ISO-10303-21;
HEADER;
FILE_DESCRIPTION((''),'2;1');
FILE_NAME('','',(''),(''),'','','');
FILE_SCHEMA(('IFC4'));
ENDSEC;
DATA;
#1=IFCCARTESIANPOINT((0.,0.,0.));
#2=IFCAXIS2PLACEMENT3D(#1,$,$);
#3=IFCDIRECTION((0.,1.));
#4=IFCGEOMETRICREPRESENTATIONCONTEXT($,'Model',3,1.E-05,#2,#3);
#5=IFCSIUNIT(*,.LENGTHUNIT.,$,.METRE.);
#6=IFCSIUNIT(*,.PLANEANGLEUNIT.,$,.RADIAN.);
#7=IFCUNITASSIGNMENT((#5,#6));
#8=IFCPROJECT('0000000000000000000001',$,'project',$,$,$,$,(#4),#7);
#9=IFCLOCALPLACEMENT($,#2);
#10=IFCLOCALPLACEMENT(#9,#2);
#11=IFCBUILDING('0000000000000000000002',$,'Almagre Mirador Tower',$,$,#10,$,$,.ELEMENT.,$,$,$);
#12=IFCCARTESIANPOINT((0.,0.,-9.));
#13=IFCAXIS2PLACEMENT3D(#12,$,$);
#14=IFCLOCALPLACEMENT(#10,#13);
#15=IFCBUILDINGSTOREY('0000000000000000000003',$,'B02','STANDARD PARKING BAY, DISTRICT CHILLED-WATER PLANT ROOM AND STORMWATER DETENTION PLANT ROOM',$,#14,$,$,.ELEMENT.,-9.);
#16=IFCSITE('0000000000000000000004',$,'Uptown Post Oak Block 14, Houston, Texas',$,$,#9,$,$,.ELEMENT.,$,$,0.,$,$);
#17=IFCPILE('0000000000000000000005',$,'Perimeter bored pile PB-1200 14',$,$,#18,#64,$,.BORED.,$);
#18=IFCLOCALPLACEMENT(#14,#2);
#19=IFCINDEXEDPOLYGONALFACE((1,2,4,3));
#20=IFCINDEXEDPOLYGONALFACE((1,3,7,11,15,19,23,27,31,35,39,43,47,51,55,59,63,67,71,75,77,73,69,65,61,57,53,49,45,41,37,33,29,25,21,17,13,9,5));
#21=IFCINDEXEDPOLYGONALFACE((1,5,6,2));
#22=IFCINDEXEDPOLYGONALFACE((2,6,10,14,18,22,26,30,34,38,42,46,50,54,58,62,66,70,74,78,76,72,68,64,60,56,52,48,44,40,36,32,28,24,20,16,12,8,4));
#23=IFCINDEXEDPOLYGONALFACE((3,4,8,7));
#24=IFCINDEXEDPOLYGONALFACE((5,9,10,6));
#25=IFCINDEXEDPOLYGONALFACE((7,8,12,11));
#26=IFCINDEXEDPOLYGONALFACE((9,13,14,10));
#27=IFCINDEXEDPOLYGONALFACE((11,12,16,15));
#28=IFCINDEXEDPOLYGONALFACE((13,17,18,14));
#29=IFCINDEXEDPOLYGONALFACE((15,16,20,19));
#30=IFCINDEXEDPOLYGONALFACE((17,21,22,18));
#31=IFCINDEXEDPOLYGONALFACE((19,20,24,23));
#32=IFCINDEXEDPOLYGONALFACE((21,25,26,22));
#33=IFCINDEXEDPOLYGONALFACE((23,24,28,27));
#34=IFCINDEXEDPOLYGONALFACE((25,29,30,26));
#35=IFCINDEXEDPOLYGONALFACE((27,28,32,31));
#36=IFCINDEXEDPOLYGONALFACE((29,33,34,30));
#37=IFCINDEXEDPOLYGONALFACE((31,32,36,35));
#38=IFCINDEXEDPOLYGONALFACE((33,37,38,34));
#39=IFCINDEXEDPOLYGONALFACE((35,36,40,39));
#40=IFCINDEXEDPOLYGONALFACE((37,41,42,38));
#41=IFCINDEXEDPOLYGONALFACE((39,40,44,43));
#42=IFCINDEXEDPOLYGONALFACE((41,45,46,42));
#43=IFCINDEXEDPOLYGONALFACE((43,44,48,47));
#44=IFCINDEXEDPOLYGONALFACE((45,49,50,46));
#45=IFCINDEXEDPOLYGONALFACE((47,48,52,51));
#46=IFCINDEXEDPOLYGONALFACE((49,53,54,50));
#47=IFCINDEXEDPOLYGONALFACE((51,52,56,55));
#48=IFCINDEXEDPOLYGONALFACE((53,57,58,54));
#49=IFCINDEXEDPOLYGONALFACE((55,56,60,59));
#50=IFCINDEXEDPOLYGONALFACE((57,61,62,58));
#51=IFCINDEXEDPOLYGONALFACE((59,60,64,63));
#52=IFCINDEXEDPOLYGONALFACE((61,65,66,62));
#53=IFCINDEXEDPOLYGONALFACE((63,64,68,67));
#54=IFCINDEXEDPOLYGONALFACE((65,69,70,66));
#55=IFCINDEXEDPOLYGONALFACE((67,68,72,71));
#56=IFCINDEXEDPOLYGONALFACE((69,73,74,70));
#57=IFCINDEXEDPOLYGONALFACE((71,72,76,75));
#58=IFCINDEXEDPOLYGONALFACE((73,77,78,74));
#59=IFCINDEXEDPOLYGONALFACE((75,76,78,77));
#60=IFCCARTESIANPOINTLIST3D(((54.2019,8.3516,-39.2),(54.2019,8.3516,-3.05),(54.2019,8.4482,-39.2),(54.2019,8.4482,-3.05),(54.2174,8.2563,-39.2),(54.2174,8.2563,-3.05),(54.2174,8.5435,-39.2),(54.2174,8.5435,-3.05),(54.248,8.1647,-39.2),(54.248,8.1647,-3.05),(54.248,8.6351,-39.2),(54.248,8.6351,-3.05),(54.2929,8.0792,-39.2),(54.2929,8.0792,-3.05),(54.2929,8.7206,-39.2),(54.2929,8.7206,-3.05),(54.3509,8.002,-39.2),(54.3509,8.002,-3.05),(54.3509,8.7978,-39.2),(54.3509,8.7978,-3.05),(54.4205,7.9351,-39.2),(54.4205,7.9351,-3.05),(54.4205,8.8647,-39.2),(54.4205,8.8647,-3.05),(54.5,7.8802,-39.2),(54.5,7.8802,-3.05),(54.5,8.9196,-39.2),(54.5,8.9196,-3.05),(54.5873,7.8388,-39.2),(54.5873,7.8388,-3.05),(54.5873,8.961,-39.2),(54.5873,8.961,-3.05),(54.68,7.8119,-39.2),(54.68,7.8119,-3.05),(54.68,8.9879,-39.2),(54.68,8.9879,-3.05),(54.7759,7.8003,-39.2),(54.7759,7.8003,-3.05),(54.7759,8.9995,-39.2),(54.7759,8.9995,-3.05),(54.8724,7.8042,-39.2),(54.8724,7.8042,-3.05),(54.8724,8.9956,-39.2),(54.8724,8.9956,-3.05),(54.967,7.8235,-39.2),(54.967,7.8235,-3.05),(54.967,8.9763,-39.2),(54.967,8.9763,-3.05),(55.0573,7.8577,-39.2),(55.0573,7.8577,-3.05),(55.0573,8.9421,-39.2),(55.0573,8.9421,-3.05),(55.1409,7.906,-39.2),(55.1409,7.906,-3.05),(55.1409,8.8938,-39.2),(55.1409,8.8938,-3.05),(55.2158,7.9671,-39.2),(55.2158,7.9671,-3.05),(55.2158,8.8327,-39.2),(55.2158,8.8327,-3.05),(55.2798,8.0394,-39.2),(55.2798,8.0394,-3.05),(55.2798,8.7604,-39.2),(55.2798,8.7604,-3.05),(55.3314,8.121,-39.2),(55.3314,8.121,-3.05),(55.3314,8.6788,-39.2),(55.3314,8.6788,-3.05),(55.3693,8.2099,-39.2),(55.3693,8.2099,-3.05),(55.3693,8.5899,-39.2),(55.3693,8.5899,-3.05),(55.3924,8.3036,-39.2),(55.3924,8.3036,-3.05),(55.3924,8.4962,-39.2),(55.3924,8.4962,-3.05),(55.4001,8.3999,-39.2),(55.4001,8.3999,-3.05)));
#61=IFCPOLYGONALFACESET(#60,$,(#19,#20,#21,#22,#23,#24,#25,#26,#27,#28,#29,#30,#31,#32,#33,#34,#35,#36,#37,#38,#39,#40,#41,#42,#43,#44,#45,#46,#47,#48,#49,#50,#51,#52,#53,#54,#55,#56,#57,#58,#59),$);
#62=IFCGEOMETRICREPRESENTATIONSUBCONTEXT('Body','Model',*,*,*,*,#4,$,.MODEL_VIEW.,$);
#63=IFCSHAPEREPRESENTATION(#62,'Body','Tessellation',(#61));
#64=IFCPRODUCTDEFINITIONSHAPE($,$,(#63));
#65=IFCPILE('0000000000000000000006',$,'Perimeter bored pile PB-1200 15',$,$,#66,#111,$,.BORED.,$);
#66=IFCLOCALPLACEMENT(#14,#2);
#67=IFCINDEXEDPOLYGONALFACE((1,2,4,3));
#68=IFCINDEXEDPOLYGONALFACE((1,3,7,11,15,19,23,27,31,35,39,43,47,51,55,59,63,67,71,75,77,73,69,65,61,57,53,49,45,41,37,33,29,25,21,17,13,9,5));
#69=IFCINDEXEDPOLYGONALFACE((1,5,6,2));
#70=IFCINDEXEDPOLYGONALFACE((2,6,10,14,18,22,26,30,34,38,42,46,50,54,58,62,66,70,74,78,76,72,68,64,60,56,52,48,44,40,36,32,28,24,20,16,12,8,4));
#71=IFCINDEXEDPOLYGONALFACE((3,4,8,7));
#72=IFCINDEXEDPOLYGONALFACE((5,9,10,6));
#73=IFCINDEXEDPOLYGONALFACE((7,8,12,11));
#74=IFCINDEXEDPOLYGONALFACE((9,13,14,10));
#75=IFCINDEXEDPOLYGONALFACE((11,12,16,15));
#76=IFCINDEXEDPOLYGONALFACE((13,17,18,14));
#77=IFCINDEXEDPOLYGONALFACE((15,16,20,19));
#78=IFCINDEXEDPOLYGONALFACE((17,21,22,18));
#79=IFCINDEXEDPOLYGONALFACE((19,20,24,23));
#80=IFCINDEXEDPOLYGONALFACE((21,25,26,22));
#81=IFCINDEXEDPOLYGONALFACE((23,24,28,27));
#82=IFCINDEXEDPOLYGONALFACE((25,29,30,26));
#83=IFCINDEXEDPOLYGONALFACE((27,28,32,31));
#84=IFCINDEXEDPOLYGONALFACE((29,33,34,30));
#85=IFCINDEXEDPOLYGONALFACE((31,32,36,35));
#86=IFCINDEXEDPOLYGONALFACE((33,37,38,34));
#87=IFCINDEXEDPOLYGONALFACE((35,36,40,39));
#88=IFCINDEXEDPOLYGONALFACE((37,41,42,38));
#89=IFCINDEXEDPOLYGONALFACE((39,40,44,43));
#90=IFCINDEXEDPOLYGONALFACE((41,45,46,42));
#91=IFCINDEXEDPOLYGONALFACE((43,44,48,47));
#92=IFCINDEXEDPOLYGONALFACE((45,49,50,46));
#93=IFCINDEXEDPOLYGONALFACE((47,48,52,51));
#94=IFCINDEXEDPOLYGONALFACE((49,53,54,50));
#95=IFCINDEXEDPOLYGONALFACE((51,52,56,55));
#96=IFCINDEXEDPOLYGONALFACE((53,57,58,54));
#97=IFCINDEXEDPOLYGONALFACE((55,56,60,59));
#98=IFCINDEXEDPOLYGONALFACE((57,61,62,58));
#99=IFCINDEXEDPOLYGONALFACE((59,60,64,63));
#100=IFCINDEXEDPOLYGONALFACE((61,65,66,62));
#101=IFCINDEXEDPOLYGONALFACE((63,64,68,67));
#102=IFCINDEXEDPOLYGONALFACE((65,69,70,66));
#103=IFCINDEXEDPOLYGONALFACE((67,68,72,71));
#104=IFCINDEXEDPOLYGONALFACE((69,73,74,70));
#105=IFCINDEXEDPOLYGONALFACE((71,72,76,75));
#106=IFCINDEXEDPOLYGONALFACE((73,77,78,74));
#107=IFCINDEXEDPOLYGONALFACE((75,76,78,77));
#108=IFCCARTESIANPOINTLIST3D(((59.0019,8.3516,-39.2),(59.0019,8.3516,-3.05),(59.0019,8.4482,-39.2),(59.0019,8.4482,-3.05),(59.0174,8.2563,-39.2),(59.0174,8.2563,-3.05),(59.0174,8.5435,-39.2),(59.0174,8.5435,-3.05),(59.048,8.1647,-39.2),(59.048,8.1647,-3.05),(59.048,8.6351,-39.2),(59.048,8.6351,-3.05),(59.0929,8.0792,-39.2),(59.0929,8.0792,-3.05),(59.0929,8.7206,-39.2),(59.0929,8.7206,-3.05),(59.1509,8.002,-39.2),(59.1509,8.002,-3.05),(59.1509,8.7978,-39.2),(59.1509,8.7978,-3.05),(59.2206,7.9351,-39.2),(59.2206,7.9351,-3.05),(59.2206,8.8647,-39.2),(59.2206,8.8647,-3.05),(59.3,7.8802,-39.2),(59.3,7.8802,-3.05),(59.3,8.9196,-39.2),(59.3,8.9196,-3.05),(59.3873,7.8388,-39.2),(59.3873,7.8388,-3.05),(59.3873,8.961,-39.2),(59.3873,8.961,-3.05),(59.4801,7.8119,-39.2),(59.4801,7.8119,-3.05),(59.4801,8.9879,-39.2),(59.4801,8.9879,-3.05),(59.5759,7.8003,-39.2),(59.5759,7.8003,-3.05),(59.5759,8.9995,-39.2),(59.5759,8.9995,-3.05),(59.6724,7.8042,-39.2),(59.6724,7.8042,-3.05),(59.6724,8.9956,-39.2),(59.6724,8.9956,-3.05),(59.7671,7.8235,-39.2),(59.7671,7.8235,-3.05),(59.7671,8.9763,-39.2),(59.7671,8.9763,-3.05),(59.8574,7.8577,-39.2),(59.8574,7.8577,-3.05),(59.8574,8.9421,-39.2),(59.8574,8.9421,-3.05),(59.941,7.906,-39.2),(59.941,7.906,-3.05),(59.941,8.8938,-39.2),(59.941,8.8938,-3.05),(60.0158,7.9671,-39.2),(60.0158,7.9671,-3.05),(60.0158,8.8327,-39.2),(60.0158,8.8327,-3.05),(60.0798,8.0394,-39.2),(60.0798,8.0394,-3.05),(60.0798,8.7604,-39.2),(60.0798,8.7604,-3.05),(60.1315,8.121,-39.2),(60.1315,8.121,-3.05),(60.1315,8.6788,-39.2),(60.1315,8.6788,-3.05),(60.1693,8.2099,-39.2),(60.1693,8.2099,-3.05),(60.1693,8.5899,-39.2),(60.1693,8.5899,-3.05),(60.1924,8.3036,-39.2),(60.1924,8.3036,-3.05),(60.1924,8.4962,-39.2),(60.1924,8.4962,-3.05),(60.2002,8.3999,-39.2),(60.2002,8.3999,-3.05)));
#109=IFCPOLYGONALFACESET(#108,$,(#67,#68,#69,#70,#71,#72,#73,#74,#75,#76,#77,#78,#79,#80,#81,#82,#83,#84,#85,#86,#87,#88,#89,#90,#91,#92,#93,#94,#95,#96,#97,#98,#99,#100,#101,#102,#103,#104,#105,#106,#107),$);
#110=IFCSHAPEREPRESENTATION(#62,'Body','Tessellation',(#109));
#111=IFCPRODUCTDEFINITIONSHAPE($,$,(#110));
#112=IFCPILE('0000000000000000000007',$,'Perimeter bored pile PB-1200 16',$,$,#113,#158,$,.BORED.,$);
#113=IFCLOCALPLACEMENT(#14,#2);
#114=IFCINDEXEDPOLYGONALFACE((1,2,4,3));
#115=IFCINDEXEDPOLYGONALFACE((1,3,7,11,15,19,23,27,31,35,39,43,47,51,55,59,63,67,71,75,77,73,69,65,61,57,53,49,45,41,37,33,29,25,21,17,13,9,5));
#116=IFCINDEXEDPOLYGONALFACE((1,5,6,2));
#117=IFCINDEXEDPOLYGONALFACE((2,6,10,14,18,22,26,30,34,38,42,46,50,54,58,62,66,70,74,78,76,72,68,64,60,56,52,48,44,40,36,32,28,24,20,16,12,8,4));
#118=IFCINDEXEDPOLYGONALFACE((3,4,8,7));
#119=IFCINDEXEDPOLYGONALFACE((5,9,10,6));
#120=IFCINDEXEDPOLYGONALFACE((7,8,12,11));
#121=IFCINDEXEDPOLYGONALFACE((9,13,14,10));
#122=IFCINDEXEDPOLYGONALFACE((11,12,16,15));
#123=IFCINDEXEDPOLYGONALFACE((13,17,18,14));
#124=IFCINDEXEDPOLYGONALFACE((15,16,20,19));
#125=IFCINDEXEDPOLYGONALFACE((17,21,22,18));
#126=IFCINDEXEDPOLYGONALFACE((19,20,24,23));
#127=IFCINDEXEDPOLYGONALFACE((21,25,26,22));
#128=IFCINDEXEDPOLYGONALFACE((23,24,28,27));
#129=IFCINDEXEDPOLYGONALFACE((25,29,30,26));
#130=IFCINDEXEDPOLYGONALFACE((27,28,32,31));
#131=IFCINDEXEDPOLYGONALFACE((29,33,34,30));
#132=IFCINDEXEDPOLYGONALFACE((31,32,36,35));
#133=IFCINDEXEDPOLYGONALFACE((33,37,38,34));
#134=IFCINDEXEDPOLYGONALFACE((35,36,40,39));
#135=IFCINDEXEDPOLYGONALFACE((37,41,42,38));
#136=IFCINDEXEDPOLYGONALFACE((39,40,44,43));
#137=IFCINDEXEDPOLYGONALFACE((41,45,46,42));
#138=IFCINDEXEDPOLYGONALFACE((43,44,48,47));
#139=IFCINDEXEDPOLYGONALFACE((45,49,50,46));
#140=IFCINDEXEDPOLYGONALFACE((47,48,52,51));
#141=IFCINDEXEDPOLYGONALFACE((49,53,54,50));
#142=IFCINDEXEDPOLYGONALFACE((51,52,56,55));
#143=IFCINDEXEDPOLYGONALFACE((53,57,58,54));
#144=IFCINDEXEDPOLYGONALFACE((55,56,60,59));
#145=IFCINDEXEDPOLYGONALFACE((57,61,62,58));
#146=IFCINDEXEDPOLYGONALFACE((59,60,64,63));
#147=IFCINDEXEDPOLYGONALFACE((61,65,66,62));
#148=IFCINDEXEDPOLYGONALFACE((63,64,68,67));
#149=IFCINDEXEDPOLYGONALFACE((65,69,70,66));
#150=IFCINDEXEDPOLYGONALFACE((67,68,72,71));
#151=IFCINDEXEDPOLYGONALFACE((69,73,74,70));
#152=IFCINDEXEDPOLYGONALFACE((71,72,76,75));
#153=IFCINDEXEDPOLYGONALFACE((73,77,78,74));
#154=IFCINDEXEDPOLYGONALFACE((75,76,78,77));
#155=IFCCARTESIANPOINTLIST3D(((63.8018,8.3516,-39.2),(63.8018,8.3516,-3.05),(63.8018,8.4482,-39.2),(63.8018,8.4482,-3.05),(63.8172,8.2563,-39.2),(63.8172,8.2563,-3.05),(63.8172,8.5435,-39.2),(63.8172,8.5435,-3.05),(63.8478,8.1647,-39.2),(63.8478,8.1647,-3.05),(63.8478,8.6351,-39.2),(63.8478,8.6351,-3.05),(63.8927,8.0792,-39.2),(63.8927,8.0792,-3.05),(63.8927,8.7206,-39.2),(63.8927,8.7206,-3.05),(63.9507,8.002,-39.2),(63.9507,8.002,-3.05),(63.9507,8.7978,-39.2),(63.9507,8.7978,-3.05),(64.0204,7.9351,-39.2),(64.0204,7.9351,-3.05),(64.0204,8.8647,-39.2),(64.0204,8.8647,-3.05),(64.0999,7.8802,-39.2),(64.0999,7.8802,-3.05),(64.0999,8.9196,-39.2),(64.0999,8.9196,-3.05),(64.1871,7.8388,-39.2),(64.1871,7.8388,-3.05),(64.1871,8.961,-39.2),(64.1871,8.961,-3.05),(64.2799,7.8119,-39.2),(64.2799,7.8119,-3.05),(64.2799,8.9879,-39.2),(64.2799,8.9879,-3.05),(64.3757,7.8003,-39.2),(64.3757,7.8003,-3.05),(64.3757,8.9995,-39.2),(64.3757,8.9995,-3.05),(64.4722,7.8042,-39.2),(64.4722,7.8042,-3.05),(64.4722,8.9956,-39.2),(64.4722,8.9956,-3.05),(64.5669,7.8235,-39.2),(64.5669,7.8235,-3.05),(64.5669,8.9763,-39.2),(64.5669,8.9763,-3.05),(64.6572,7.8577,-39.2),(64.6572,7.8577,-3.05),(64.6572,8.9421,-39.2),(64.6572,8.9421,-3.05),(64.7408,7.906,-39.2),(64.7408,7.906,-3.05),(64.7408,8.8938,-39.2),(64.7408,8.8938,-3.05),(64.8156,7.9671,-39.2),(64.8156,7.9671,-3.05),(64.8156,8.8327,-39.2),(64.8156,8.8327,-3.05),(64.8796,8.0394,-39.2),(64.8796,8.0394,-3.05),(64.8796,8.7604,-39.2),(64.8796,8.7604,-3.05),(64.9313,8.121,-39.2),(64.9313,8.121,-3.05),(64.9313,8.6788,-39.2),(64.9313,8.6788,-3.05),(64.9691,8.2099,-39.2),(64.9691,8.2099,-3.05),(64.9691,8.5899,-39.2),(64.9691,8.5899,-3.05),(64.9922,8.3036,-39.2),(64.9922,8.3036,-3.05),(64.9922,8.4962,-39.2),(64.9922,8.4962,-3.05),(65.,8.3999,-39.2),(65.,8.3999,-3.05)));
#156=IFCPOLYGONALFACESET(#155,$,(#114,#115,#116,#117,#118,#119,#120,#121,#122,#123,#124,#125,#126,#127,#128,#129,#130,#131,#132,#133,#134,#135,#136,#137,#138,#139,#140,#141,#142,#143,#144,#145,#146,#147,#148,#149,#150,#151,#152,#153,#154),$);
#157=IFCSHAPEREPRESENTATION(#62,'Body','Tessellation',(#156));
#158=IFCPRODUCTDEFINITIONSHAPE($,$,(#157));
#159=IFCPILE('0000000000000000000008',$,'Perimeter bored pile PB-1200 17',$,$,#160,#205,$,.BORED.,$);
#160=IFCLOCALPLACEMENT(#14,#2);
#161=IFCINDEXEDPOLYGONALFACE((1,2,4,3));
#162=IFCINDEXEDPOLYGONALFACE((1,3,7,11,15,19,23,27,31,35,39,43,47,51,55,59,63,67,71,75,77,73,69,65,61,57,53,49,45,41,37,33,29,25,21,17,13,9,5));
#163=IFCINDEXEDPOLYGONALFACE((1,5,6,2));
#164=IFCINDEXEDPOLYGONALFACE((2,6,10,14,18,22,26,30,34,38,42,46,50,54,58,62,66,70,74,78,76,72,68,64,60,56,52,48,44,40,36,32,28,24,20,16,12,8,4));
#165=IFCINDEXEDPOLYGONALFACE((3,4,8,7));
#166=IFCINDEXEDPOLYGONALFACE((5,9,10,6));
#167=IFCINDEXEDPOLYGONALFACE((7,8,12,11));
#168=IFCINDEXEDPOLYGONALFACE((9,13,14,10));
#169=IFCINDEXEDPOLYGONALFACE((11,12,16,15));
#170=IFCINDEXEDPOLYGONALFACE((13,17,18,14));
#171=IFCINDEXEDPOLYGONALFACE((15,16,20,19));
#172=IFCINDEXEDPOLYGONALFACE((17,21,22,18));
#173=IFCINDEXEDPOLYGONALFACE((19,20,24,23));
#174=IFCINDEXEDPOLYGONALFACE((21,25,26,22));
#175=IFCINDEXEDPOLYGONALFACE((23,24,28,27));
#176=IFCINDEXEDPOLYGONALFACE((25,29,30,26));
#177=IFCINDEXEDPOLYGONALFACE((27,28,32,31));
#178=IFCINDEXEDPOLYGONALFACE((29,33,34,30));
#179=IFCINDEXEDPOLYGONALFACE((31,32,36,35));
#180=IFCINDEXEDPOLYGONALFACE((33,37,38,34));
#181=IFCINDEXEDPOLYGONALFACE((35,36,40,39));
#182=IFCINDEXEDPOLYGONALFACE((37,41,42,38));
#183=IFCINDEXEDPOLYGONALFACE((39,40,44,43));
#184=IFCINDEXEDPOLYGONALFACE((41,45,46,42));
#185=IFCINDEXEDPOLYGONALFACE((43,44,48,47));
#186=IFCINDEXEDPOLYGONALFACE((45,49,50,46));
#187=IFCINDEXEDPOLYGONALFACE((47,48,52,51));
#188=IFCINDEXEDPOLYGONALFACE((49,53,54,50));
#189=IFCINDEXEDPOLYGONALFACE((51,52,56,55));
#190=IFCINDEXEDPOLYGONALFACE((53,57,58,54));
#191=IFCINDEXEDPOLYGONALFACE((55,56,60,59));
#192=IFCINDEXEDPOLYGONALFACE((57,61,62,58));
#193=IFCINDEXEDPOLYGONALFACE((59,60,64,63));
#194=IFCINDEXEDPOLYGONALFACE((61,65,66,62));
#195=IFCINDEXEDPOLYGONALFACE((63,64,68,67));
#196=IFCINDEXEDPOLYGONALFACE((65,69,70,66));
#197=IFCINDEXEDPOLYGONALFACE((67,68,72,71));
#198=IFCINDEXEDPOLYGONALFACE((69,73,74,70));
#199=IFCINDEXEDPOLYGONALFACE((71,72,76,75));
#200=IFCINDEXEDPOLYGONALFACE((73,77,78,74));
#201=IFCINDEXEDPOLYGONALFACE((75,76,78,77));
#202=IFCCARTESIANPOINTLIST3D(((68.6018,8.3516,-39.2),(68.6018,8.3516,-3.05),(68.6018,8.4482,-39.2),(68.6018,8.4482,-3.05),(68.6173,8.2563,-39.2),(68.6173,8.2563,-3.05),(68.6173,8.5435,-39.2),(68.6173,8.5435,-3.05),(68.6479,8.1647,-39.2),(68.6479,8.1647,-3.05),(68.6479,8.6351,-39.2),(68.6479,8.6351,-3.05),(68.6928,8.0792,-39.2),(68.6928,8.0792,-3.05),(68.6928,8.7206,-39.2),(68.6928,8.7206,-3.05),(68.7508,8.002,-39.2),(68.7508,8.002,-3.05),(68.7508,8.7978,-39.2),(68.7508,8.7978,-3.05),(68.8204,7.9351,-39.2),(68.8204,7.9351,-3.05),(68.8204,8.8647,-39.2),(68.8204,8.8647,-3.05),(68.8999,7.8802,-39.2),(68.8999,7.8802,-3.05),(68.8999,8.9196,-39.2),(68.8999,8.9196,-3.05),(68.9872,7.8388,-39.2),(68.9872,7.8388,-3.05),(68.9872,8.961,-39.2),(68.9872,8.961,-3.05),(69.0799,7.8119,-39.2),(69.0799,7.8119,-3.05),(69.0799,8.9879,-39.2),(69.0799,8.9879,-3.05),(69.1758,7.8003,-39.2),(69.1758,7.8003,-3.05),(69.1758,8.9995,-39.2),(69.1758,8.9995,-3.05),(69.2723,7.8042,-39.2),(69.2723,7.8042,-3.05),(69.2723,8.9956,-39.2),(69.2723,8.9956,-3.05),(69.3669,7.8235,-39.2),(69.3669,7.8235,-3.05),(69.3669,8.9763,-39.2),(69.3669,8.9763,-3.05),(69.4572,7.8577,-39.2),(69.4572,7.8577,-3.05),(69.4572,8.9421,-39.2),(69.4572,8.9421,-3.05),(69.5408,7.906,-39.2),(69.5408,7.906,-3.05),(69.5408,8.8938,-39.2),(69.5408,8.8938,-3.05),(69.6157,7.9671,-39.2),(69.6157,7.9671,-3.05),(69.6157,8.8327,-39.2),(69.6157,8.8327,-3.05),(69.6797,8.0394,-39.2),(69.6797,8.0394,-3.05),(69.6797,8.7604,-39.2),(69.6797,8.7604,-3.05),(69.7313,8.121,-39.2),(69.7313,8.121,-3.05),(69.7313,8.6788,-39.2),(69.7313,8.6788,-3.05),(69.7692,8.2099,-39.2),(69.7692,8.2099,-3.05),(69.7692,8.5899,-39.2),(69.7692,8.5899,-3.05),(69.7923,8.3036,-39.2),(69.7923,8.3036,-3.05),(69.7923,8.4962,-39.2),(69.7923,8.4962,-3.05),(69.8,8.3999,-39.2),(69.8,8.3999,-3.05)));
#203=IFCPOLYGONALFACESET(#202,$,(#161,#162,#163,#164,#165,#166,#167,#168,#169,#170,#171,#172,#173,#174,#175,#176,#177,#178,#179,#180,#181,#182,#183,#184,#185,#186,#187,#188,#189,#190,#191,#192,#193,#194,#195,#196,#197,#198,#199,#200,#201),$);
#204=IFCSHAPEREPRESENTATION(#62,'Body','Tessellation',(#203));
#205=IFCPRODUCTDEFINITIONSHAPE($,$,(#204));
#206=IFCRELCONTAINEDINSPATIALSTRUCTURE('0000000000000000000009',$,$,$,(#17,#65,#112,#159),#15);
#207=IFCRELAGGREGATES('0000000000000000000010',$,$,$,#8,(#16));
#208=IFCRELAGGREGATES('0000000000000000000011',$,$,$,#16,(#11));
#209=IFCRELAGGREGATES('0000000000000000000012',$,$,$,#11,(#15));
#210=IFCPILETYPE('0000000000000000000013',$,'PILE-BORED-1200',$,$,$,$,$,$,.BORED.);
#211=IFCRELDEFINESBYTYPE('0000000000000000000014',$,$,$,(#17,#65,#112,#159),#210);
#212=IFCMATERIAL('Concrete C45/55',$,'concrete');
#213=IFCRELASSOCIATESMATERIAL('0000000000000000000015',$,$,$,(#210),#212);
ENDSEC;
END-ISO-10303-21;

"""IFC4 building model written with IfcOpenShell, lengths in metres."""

from ifc_helpers import new_model, si_unit, direction, frame, origin, origin_2d, place, context, subcontext, project, spatial, circle, extrude, material, material_profile, profile_set, type_object, element, save


model = new_model("IFC4")

# Units and contexts
model_context = context("Model", 3, precision=1e-05, world=origin(), true_north=direction((0.0, 1.0)))
body_context = subcontext(model_context, "Body", "Model", "MODEL_VIEW")
ifc_project = project(units=[si_unit("LENGTHUNIT", "METRE"), si_unit("PLANEANGLEUNIT", "RADIAN")], contexts=[model_context])

# Site, building, storey
site_placement = place(None, origin())
site = spatial("IfcSite", under=ifc_project, at=site_placement, Name="Uptown Post Oak Block 14, Houston, Texas", CompositionType="ELEMENT", RefElevation=0.0)
building_placement = place(site_placement, origin())
building = spatial("IfcBuilding", under=site, at=building_placement, Name="Almagre Mirador Tower", CompositionType="ELEMENT")
storey_placement = place(building_placement, frame((0.0, 0.0, -9.0)))
storey = spatial("IfcBuildingStorey", under=building, at=storey_placement, Name="B02", Description="STANDARD PARKING BAY, DISTRICT CHILLED-WATER PLANT ROOM AND STORMWATER DETENTION PLANT ROOM", CompositionType="ELEMENT", Elevation=-9.0)

# Piles
ifc_material_1 = material(Name="Concrete C45/55", Category="concrete")
ifc_material_profile_1 = material_profile(ifc_material_1, circle(Radius=0.6001, at=origin_2d()), Name="PILE1200D")
ifc_profile_set_1 = profile_set([ifc_material_profile_1], Name="Concrete C45/55")
pile_type = type_object("IfcPileType", Name="PILE-BORED-1200", PredefinedType="BORED", material=ifc_profile_set_1)
for number, where, z_axis, x_axis, name in (
    (1, (54.8, 8.3999, -3.05), (0.0, 0.0, -1.0), (1.0, 0.0, 0.0), "Perimeter bored pile PB-1200 14"),
    (2, (59.6001, 8.3999, -3.05), (0.0, 0.0, -1.0), (1.0, 0.0, 0.0), "Perimeter bored pile PB-1200 15"),
    (3, (64.3999, 8.3999, -3.05), (0.0, 0.0, -1.0), (1.0, 0.0, 0.0), "Perimeter bored pile PB-1200 16"),
    (4, (69.2, 8.3999, -3.05), (0.0, 0.0, -1.0), (1.0, 0.0, 0.0), "Perimeter bored pile PB-1200 17"),
):
    element("IfcPile", number, at=place(storey_placement, frame(where, z_axis=z_axis, x_axis=x_axis)), inside=storey, type_object=pile_type, Name=name, PredefinedType="BORED", context=body_context, shape_type="SweptSolid", body=[
        extrude(circle(Radius=0.6001, at=origin_2d()), origin(), (0.0, 0.0, 1.0), 36.1499),
    ])

save(model, "model.ifc")
